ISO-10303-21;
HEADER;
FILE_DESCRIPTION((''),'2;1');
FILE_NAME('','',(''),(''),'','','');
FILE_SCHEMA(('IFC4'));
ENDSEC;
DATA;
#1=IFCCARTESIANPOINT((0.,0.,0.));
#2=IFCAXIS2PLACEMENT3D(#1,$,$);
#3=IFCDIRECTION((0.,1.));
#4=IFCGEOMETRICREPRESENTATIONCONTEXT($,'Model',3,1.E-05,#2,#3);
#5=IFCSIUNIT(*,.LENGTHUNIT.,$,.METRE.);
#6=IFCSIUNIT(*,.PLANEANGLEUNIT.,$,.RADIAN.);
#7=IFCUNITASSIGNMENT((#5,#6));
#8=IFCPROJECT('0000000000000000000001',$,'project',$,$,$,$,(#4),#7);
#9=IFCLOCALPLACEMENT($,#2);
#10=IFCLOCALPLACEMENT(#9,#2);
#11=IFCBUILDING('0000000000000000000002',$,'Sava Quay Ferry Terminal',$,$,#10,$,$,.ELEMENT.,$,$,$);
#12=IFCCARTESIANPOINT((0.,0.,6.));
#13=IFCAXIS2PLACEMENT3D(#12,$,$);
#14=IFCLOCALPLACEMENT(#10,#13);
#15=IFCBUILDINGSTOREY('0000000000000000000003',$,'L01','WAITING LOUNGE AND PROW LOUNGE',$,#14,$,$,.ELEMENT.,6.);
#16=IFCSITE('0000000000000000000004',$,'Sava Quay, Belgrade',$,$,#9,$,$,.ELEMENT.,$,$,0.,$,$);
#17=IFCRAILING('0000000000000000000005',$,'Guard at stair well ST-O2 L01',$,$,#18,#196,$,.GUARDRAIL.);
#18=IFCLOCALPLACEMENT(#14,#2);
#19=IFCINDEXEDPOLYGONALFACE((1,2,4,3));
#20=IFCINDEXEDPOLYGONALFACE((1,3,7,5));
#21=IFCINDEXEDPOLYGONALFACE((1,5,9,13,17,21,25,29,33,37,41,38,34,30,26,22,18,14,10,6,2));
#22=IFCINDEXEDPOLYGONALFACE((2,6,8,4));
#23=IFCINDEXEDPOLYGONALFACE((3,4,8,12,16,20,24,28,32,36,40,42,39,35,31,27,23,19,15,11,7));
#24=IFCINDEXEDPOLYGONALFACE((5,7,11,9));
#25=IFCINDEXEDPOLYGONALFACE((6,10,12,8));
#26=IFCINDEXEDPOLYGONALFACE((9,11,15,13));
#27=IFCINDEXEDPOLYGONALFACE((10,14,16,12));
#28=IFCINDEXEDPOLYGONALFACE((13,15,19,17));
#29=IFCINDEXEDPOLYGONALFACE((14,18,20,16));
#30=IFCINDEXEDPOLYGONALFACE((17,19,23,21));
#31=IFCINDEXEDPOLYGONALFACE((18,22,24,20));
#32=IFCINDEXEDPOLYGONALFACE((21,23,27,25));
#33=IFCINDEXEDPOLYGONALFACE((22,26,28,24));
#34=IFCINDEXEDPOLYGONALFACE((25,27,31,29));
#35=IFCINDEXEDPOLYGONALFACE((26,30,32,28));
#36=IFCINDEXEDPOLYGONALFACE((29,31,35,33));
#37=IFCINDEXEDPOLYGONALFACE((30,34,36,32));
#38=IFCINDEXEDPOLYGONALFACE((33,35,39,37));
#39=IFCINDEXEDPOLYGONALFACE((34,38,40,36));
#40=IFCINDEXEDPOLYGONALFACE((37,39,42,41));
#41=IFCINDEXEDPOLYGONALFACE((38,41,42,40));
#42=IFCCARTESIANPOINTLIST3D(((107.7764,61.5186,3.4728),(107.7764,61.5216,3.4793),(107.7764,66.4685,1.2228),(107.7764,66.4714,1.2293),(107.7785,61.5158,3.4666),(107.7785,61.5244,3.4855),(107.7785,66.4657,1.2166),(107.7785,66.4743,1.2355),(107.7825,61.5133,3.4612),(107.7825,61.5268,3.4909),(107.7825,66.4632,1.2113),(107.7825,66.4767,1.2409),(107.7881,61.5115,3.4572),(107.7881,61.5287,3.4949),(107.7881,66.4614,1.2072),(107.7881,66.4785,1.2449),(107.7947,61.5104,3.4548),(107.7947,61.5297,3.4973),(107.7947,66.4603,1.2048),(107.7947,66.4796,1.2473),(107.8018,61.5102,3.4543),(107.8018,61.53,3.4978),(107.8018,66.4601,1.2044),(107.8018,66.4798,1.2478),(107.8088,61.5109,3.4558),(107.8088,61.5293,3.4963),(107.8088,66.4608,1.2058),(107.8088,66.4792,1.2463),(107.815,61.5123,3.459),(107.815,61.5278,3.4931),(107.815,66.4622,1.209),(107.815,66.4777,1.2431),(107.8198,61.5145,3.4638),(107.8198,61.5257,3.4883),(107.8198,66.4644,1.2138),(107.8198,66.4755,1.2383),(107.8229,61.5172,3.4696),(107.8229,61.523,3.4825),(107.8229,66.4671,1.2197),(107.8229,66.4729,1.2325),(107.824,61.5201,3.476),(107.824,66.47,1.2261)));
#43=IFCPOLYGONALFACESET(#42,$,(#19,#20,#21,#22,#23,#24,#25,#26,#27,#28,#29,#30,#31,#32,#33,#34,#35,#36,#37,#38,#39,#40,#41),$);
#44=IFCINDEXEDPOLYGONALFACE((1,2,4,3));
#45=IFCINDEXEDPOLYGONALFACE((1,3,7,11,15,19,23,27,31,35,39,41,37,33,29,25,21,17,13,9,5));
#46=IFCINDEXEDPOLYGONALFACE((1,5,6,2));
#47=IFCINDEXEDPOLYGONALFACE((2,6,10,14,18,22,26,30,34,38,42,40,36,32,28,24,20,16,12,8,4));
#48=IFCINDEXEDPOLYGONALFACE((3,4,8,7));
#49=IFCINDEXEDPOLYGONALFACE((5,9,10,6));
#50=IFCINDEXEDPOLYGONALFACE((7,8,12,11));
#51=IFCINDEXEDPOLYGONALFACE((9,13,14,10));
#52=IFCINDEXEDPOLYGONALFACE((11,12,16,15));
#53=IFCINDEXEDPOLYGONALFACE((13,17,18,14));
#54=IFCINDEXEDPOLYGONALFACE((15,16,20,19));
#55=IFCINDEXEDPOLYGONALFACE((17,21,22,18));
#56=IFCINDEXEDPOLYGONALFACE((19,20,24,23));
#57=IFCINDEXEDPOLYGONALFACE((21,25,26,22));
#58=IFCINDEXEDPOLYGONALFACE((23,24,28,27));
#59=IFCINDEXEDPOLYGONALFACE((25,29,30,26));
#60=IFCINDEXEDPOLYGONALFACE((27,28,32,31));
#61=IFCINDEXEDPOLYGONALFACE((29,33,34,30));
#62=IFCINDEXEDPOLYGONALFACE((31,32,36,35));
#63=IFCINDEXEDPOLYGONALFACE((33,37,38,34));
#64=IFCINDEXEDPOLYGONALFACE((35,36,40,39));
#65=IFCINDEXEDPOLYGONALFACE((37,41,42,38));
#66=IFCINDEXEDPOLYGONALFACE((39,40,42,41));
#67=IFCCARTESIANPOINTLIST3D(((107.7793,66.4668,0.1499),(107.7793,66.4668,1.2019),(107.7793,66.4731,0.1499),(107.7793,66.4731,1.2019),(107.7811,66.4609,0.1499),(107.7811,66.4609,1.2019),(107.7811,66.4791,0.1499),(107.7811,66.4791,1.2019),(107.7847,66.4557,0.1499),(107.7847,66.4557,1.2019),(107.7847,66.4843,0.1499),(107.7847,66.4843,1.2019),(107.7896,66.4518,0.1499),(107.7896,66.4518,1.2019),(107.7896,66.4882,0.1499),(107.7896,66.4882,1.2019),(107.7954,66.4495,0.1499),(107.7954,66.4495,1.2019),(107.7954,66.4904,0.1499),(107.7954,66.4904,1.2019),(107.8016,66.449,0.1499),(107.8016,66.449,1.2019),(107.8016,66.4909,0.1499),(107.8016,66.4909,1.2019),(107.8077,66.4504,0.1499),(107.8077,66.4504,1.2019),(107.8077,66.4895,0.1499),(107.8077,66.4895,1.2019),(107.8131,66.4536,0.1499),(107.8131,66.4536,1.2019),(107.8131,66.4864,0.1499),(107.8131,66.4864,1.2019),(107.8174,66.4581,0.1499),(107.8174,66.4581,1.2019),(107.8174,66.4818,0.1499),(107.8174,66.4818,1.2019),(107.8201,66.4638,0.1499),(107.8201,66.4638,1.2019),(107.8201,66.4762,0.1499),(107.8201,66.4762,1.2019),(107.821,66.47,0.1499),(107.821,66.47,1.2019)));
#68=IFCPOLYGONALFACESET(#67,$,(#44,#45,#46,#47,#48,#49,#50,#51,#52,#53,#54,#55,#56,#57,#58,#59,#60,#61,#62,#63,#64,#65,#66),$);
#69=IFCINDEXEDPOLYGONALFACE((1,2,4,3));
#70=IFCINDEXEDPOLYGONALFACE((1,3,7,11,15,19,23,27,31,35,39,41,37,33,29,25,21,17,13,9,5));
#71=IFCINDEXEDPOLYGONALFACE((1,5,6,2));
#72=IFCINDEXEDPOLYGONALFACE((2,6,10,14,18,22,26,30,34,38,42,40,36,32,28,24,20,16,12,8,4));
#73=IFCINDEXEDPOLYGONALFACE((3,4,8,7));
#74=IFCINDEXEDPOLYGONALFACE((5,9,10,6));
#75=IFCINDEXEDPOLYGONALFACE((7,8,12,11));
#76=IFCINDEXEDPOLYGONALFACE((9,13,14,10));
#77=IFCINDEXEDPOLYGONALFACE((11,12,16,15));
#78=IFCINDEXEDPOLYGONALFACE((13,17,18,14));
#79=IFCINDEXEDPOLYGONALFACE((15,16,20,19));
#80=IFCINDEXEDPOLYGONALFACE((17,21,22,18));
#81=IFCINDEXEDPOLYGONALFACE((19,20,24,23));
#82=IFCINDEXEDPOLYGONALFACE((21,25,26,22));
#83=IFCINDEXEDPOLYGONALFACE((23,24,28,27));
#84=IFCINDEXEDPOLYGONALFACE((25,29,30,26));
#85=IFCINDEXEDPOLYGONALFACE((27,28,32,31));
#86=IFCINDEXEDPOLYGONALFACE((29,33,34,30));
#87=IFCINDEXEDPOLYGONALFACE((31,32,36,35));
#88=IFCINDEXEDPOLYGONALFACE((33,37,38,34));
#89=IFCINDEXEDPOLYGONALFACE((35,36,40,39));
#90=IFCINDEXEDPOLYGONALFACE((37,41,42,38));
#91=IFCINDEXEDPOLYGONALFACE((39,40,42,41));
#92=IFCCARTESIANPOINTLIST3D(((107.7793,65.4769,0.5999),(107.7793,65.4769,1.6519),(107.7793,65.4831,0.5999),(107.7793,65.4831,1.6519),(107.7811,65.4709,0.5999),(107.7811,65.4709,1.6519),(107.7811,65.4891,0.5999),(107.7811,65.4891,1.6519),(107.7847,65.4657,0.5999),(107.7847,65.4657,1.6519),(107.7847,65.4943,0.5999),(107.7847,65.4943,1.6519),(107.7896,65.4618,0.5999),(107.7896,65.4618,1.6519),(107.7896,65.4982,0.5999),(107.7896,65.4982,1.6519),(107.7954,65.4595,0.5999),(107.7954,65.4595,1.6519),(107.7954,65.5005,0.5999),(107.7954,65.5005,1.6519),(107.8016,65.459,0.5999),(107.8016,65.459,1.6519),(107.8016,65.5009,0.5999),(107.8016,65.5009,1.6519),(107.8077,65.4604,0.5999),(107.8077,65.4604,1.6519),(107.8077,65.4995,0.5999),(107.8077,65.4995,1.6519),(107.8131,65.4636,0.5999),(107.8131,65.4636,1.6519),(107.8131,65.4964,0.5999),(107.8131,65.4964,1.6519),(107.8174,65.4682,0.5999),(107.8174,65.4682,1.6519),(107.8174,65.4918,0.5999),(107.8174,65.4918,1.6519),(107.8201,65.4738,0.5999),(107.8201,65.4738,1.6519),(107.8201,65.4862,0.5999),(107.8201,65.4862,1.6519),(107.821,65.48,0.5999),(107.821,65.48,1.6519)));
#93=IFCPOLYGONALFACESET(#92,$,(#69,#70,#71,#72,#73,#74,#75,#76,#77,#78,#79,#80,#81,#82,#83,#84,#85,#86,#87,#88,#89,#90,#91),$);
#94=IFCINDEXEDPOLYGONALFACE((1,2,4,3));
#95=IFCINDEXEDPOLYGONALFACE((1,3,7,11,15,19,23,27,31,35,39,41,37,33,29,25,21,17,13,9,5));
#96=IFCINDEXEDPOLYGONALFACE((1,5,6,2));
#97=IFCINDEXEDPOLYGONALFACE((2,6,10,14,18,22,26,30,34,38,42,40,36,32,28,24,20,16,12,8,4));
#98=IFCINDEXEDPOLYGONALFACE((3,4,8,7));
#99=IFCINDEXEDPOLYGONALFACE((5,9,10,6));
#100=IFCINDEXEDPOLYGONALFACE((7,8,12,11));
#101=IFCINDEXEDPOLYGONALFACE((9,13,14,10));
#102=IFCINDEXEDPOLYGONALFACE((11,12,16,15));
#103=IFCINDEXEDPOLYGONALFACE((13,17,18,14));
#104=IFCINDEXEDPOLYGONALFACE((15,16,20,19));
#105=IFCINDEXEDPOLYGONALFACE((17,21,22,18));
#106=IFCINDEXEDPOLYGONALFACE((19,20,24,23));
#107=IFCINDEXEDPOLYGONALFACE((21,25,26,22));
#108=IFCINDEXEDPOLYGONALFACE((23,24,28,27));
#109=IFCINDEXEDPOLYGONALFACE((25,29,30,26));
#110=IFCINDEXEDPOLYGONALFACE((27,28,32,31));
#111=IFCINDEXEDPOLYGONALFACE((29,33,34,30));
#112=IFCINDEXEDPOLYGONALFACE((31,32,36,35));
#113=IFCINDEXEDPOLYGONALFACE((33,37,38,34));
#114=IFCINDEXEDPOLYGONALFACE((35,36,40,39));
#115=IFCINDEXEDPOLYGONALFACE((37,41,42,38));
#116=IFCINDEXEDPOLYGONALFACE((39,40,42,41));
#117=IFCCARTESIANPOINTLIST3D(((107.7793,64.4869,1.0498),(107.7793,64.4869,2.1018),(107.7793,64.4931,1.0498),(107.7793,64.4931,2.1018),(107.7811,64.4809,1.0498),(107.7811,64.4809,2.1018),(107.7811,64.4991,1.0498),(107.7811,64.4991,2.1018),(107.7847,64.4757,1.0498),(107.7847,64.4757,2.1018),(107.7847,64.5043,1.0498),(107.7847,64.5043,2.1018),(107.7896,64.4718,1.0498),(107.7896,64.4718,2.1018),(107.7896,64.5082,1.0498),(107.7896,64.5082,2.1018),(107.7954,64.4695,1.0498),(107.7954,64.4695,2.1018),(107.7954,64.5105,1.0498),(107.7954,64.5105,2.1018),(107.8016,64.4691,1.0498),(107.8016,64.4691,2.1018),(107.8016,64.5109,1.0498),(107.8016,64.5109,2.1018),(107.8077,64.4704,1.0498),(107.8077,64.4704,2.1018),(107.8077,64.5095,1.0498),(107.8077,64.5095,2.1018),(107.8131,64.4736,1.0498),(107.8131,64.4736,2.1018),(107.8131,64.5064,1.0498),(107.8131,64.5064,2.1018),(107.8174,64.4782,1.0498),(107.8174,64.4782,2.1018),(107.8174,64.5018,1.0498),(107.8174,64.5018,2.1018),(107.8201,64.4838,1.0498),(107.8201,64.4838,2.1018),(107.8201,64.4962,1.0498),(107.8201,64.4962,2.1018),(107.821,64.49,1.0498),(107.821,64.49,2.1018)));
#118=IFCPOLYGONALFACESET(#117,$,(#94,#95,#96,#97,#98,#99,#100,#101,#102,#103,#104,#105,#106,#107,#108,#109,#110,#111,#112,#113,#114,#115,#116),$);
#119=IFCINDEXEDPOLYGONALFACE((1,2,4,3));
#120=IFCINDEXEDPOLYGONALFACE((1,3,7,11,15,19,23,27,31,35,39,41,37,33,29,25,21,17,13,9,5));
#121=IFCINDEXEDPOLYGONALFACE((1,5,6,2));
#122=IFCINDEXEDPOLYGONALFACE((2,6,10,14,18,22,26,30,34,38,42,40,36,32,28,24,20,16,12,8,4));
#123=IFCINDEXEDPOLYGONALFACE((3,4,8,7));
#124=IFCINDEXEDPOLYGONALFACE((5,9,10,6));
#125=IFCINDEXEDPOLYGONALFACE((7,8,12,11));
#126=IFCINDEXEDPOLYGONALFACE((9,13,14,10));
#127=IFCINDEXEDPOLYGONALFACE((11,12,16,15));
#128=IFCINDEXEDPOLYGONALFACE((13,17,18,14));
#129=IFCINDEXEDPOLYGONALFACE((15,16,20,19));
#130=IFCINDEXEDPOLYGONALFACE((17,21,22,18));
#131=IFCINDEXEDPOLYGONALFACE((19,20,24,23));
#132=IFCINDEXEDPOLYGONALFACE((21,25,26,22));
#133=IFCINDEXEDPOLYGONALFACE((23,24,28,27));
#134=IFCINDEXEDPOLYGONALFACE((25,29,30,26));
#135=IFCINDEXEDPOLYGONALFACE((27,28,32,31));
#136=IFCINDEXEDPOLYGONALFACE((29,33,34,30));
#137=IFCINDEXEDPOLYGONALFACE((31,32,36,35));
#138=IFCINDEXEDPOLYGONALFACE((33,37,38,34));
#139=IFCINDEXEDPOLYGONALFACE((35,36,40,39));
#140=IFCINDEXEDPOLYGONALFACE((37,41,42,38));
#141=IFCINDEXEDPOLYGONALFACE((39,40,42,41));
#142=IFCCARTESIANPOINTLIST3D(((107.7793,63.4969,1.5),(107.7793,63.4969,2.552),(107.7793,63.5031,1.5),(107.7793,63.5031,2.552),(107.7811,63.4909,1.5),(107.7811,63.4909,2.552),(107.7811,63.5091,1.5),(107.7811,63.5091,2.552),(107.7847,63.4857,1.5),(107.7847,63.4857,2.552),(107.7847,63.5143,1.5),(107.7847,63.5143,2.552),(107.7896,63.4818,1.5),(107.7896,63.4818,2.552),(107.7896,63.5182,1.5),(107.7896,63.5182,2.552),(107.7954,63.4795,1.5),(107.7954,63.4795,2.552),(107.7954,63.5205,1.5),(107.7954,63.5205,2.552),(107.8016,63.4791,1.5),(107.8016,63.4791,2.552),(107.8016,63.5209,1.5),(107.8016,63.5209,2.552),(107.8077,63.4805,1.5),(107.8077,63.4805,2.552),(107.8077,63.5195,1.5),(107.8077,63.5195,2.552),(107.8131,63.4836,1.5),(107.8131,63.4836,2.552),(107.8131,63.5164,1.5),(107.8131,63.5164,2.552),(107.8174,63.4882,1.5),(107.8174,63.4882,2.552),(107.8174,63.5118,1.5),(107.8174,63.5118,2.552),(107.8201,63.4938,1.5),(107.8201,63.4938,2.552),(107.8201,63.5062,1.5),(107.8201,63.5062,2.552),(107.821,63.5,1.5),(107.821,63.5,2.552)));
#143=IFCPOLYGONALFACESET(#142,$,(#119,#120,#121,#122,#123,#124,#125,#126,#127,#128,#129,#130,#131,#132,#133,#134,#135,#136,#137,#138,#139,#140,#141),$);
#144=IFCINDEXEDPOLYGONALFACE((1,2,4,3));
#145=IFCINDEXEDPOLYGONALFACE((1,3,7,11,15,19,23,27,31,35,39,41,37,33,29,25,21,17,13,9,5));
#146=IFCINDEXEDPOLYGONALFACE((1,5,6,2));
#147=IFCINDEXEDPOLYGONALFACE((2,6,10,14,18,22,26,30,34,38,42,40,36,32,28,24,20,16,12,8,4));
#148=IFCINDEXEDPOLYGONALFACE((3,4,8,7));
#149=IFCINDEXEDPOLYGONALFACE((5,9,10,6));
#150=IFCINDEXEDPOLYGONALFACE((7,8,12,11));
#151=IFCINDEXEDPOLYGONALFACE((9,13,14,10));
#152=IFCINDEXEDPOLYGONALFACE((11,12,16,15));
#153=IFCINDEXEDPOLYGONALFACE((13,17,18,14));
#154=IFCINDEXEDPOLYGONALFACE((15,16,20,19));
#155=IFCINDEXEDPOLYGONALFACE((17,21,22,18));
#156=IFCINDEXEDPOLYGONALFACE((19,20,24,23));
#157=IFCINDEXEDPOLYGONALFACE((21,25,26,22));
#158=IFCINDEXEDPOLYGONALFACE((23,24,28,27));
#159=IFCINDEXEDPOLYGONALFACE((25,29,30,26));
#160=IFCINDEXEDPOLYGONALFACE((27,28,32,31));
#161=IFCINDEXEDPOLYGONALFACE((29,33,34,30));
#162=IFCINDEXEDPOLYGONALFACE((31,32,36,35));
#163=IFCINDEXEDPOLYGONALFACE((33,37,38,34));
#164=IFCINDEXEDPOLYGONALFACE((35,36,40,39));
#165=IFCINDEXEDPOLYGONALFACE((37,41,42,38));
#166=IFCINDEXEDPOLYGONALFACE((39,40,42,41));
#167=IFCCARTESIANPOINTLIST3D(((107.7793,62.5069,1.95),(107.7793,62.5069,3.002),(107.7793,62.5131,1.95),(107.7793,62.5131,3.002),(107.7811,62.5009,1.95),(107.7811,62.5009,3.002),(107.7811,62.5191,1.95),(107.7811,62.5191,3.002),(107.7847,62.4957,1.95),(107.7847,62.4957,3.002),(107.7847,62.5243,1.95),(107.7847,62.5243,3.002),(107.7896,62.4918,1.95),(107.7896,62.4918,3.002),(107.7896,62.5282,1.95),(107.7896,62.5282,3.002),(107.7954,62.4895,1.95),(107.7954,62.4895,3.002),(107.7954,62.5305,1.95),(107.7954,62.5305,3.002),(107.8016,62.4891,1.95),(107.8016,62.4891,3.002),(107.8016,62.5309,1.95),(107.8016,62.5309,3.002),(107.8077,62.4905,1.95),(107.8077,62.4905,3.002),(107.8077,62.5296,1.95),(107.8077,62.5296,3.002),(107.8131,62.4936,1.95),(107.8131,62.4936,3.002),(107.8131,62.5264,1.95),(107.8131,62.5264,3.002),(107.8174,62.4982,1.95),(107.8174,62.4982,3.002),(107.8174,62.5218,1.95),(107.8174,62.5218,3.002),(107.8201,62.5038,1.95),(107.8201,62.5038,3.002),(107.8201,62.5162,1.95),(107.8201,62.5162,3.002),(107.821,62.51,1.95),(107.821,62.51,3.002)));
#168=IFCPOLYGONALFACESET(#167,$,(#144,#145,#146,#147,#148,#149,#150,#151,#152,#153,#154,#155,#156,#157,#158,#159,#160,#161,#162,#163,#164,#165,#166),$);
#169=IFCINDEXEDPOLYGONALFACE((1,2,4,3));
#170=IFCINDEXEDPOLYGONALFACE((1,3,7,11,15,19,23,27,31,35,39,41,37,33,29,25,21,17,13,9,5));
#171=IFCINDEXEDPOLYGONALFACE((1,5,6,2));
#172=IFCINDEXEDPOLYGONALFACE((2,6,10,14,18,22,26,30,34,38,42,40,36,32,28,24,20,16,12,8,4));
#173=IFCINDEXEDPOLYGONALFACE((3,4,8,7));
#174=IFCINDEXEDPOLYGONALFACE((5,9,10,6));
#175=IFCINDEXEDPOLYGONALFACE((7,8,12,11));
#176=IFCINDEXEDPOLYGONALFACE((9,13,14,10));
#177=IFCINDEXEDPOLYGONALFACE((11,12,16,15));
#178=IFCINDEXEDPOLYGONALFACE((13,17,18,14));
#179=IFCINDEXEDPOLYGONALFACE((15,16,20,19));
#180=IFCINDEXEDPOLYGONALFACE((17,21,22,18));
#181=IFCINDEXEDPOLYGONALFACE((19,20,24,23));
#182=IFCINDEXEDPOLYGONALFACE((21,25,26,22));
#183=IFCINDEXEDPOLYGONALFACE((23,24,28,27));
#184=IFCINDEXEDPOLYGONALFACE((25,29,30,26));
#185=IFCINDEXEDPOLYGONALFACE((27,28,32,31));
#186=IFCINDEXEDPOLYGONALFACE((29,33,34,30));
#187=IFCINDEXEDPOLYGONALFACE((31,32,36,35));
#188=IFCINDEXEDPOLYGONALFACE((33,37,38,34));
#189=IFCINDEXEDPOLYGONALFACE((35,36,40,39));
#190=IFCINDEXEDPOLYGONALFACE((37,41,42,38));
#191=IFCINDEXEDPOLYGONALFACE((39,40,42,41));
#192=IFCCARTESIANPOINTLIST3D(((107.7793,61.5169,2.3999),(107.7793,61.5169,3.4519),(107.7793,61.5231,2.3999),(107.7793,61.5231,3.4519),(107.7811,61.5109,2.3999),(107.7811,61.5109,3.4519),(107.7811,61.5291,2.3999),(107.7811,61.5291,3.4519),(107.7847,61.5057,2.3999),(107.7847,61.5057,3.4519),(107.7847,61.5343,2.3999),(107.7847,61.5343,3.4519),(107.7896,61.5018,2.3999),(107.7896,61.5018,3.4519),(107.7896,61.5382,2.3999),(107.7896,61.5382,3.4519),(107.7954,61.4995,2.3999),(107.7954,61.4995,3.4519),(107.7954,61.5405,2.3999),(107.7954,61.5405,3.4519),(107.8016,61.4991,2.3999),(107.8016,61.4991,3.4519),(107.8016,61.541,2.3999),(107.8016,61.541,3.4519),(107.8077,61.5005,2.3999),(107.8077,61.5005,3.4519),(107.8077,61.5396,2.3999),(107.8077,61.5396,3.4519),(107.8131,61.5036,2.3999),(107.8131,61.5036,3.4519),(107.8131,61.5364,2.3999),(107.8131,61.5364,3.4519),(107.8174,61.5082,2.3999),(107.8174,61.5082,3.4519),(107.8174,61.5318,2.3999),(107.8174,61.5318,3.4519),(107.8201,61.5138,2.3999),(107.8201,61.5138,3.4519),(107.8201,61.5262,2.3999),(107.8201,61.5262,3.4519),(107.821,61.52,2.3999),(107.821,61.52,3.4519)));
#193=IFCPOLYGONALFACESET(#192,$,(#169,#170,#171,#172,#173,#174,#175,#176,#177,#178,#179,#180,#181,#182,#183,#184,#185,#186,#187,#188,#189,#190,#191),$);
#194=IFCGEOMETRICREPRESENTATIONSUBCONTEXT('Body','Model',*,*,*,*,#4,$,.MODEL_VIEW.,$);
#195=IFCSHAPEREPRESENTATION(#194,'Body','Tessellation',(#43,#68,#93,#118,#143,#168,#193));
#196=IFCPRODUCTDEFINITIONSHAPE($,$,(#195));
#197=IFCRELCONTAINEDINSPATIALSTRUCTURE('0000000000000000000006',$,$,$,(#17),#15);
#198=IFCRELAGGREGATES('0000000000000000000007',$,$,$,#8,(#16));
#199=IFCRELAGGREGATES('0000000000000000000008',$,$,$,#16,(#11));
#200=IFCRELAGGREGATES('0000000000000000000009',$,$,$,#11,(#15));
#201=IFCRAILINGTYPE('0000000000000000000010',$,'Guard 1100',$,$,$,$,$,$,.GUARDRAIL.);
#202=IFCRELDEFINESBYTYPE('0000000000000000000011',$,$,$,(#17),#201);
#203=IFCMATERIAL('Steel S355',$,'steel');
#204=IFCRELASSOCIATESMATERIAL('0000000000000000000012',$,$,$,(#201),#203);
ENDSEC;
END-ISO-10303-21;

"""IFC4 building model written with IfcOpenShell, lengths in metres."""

from ifc_helpers import new_model, si_unit, direction, frame, origin, origin_2d, place, context, subcontext, project, spatial, circle, extrude, material, type_object, element, save


model = new_model("IFC4")

# Units and contexts
model_context = context("Model", 3, precision=1e-05, world=origin(), true_north=direction((0.0, 1.0)))
body_context = subcontext(model_context, "Body", "Model", "MODEL_VIEW")
ifc_project = project(units=[si_unit("LENGTHUNIT", "METRE"), si_unit("PLANEANGLEUNIT", "RADIAN")], contexts=[model_context])

# Site, building, storey
site_placement = place(None, origin())
site = spatial("IfcSite", under=ifc_project, at=site_placement, Name="Sava Quay, Belgrade", CompositionType="ELEMENT", RefElevation=0.0)
building_placement = place(site_placement, origin())
building = spatial("IfcBuilding", under=site, at=building_placement, Name="Sava Quay Ferry Terminal", CompositionType="ELEMENT")
storey_placement = place(building_placement, frame((0.0, 0.0, 6.0)))
storey = spatial("IfcBuildingStorey", under=building, at=storey_placement, Name="L01", Description="WAITING LOUNGE AND PROW LOUNGE", CompositionType="ELEMENT", Elevation=6.0)

# Railing
ifc_material_1 = material(Name="Steel S355", Category="steel")
railing_type_1 = type_object("IfcRailingType", Name="Guard 1100", PredefinedType="GUARDRAIL", material=ifc_material_1)
railing_1_placement = place(storey_placement, frame((107.8, 66.47, 0.1499)))
element("IfcRailing", 1, at=railing_1_placement, inside=storey, type_object=railing_type_1, Name="Guard at stair well ST-O2 L01", PredefinedType="GUARDRAIL", context=body_context, shape_type="SweptSolid", body=[
    extrude(circle(Radius=0.0239, at=origin_2d()), frame((0.0, 0.0, 1.0762), z_axis=(0.0, -0.910365, 0.413806), x_axis=(1.0, 0.0, 0.0)), (0.0, 0.0, 1.0), 5.4373),
    extrude(circle(Radius=0.021, at=origin_2d()), origin(), (0.0, 0.0, 1.0), 1.052),
    extrude(circle(Radius=0.021, at=origin_2d()), frame((0.0, -0.99, 0.45)), (0.0, 0.0, 1.0), 1.052),
    extrude(circle(Radius=0.021, at=origin_2d()), frame((0.0, -1.98, 0.8999)), (0.0, 0.0, 1.0), 1.052),
    extrude(circle(Radius=0.021, at=origin_2d()), frame((0.0, -2.97, 1.3501)), (0.0, 0.0, 1.0), 1.052),
    extrude(circle(Radius=0.021, at=origin_2d()), frame((0.0, -3.96, 1.8)), (0.0, 0.0, 1.0), 1.052),
    extrude(circle(Radius=0.021, at=origin_2d()), frame((0.0, -4.95, 2.25)), (0.0, 0.0, 1.0), 1.052),
])

save(model, "model.ifc")
